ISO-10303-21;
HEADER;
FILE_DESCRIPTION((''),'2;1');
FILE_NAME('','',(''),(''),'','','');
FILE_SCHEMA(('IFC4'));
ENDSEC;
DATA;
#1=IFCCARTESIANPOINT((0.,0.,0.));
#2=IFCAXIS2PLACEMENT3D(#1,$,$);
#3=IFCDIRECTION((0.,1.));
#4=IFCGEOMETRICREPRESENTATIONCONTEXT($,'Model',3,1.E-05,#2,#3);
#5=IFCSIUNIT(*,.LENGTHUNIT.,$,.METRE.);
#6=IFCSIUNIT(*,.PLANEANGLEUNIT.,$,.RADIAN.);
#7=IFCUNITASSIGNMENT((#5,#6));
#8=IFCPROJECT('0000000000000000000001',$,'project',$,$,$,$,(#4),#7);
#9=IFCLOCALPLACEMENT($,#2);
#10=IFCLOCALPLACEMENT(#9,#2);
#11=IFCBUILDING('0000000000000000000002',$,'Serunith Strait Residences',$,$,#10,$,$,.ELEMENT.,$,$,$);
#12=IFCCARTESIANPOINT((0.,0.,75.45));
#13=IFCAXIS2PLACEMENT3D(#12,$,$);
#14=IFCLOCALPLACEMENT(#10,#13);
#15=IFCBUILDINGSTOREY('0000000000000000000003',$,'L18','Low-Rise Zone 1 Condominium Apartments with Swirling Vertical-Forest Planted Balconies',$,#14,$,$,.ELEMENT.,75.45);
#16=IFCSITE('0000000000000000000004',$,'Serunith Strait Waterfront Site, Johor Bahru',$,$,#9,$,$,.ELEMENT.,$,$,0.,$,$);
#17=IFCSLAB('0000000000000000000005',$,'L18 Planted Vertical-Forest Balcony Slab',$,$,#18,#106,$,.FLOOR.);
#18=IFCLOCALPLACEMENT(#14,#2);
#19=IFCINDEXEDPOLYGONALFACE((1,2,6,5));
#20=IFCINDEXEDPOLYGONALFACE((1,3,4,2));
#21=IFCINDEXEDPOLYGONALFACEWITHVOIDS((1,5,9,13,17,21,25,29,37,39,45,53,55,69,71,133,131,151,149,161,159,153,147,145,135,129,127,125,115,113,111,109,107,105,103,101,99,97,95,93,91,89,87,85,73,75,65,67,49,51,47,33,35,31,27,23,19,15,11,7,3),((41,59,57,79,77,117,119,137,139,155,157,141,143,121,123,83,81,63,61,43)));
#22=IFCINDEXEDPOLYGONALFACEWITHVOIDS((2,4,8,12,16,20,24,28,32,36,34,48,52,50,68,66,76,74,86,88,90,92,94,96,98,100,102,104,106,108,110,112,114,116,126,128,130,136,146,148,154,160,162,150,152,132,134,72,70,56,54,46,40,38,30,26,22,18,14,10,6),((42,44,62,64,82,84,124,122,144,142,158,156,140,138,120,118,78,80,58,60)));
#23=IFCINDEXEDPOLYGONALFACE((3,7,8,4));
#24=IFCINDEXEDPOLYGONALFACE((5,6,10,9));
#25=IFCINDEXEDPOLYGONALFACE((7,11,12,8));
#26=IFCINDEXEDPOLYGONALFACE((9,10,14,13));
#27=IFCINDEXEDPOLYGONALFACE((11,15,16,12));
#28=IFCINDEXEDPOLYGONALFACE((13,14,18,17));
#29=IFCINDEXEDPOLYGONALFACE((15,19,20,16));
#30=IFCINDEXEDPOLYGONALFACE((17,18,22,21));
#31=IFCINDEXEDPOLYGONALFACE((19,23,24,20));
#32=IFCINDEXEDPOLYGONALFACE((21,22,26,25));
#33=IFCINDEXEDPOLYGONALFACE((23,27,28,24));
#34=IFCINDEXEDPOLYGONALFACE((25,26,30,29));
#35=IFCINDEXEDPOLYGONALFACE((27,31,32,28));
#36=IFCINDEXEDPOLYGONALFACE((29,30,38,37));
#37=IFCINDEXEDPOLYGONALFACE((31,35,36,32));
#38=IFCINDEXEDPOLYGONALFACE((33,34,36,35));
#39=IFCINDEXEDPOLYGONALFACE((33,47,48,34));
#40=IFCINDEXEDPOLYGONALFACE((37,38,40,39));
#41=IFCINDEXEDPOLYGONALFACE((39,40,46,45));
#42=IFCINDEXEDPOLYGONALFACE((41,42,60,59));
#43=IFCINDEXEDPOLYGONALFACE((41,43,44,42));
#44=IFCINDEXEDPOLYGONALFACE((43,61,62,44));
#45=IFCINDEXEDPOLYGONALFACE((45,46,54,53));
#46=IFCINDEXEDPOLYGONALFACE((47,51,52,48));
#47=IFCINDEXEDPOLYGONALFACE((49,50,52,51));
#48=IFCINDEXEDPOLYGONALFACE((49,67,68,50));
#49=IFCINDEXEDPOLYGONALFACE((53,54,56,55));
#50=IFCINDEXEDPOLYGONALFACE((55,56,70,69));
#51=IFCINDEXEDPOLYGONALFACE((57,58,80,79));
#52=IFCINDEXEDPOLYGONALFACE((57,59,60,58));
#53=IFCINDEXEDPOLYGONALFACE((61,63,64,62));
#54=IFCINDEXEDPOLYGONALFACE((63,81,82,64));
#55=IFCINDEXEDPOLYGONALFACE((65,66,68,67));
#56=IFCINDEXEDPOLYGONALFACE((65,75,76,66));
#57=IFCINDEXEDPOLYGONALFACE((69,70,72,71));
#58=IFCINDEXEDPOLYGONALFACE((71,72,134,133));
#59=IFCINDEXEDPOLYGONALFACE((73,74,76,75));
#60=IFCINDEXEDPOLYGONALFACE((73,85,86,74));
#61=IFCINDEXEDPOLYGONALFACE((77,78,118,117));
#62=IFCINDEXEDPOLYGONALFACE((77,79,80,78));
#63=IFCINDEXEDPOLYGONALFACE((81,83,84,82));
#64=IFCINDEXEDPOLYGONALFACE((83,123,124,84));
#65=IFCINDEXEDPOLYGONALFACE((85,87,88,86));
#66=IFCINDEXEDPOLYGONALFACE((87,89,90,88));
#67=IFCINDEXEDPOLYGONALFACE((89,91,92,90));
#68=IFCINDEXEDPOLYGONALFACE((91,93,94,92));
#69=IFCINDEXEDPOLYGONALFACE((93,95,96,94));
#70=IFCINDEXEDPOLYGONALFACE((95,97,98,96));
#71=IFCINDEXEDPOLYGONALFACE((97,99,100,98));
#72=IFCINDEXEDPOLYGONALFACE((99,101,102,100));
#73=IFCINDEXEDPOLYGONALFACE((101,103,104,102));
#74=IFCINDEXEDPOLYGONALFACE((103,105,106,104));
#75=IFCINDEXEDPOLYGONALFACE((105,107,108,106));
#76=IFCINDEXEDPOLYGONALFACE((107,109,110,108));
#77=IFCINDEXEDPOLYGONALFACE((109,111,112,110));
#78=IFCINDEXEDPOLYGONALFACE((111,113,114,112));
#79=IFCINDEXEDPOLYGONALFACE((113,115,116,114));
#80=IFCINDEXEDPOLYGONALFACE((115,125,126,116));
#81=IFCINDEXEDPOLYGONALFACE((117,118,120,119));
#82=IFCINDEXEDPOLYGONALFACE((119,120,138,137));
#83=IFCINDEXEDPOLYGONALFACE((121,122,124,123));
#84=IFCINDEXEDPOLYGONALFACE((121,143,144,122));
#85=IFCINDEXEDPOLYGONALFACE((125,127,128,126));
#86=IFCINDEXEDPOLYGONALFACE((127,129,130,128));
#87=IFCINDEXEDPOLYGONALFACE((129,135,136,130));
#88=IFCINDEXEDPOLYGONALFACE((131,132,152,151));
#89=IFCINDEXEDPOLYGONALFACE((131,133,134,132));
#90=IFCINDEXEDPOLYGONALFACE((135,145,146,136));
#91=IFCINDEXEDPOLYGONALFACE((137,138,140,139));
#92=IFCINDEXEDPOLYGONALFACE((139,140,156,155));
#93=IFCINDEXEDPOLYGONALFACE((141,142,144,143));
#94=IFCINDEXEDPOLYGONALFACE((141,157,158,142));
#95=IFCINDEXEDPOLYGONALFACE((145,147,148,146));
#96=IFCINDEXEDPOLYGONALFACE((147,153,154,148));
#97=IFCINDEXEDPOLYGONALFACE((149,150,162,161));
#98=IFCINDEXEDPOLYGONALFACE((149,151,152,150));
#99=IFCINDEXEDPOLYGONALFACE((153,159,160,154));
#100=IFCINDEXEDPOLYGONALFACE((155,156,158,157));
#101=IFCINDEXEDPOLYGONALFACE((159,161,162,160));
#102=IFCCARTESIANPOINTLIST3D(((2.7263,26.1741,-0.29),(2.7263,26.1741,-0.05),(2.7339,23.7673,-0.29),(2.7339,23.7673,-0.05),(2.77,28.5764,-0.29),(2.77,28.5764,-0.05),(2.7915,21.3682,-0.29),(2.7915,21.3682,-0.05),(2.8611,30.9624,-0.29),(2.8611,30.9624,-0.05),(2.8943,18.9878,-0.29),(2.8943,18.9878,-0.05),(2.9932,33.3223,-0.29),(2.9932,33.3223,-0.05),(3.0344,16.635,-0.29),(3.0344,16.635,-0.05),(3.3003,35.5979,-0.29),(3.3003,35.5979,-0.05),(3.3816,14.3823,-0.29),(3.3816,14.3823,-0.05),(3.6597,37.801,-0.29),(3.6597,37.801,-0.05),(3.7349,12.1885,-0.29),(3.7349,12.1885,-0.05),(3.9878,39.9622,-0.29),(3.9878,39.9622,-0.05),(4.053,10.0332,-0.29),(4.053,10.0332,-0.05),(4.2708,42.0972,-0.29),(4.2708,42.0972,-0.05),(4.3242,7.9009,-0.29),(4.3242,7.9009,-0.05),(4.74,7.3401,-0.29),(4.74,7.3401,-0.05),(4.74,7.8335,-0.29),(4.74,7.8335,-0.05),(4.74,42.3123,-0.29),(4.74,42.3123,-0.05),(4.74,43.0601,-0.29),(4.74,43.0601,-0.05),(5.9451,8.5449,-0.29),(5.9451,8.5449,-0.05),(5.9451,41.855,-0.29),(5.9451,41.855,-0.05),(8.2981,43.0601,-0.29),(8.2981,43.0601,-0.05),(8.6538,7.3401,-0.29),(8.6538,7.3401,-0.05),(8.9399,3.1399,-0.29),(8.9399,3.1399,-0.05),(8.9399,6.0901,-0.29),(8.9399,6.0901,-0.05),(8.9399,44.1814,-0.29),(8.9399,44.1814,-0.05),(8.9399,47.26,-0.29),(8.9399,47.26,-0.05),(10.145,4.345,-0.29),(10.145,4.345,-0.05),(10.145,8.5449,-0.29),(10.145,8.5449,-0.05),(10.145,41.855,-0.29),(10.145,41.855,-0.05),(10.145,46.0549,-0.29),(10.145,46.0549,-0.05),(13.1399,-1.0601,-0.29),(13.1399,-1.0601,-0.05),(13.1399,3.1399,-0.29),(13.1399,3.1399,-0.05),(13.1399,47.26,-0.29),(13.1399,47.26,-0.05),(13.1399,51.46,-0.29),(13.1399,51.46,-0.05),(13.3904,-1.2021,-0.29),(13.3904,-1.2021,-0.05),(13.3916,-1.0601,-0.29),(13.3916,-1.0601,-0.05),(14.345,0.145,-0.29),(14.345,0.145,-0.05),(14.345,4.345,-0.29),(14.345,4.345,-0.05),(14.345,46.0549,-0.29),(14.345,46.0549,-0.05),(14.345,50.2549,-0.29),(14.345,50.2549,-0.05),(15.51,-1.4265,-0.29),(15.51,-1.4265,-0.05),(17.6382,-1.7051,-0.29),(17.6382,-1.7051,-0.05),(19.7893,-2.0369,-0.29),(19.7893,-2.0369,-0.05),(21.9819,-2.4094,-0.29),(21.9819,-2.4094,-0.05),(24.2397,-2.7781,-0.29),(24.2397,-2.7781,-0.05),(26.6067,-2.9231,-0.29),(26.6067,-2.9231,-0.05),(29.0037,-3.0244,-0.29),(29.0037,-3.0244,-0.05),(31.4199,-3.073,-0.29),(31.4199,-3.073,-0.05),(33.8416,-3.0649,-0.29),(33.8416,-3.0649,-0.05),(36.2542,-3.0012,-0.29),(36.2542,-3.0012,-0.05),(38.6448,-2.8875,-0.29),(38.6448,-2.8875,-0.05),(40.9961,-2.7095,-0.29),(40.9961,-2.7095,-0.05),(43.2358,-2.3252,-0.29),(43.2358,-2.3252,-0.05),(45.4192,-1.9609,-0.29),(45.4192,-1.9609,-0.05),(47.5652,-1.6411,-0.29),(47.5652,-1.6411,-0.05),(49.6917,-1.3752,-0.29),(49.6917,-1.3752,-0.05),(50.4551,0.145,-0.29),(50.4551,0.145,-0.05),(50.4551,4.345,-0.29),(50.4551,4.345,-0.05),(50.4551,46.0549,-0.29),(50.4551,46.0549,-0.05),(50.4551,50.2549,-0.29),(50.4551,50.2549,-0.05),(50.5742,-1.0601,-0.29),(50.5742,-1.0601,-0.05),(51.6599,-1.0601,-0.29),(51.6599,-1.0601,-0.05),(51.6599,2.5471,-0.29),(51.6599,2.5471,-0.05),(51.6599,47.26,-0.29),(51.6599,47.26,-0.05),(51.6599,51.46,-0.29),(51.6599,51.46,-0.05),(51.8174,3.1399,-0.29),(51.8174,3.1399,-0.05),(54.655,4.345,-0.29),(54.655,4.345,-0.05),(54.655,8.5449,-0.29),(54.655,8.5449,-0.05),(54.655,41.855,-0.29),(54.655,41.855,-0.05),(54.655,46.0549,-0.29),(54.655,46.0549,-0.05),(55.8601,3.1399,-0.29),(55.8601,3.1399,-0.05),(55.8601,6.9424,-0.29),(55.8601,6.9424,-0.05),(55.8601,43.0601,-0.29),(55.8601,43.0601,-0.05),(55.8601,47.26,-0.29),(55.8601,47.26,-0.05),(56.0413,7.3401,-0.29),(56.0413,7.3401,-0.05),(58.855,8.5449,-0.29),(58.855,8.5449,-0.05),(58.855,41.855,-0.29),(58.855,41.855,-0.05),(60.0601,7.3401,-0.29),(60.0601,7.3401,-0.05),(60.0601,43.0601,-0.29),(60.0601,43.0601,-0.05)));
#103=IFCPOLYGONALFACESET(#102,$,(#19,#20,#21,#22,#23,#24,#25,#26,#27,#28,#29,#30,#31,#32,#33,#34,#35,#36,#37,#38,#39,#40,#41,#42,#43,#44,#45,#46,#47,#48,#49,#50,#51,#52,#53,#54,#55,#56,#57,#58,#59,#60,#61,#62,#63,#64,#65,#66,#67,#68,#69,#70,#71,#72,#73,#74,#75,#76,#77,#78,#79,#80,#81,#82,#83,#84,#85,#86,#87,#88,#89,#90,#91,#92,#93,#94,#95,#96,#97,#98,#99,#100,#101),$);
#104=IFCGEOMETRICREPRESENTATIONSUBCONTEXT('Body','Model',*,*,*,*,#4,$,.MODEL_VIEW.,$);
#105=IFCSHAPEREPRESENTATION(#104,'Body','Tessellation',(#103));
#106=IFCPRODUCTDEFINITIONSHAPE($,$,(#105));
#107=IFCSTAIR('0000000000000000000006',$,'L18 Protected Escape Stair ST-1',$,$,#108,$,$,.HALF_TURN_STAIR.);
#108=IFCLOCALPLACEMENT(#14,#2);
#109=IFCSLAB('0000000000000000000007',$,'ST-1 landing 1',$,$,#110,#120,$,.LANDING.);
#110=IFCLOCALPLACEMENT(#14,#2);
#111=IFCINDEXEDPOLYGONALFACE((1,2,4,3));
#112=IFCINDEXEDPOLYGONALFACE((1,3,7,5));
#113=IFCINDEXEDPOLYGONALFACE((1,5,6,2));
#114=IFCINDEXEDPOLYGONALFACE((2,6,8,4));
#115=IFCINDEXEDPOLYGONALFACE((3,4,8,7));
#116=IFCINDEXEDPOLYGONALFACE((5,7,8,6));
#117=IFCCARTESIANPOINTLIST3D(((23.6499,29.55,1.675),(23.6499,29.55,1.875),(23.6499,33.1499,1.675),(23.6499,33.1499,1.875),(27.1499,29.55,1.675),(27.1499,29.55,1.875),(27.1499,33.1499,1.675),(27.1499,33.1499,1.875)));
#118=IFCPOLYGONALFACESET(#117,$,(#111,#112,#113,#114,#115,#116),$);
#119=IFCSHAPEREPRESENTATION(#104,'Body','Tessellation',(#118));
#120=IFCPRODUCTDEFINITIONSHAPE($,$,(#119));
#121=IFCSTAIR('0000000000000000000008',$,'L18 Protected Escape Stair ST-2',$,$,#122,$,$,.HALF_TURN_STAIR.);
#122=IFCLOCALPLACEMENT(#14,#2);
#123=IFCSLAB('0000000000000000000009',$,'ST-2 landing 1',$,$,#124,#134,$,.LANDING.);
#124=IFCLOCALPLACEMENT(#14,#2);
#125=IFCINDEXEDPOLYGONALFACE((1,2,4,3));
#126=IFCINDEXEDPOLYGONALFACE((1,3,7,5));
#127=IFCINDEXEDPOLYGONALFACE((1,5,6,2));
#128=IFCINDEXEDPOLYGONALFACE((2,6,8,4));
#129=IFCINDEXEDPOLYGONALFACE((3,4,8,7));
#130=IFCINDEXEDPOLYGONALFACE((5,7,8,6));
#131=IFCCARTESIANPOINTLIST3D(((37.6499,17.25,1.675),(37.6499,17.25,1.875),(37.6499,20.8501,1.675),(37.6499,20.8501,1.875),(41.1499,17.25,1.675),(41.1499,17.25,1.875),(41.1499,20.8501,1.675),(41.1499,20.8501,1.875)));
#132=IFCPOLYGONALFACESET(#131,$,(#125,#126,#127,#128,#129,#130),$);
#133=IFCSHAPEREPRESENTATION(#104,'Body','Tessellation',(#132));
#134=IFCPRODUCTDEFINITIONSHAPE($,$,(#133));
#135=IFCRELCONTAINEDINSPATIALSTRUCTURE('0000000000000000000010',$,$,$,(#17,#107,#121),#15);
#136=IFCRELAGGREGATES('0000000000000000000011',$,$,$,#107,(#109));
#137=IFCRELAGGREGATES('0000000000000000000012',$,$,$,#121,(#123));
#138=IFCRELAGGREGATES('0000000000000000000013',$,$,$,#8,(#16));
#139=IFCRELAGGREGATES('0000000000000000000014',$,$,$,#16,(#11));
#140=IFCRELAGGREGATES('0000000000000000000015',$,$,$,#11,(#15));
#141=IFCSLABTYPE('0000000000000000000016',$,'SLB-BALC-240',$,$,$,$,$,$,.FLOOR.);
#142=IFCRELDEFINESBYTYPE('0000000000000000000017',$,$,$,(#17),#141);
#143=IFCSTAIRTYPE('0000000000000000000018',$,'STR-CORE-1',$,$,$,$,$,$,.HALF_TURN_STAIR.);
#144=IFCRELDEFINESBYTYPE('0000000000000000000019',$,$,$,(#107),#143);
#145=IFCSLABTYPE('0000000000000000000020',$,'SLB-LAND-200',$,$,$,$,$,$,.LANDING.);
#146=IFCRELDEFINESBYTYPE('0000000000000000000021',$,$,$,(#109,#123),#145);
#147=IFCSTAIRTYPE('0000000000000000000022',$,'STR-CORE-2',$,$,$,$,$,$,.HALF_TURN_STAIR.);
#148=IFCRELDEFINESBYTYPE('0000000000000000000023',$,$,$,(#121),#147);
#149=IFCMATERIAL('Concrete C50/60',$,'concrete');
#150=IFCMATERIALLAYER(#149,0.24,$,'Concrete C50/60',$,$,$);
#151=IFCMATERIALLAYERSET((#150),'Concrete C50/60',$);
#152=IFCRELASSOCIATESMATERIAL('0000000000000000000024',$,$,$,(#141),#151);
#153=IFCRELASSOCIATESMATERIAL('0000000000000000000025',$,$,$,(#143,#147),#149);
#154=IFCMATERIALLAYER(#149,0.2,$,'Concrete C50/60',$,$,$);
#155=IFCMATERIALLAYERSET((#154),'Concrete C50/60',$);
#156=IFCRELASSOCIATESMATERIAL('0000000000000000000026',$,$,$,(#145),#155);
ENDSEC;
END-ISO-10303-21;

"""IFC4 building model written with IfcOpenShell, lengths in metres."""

from ifc_helpers import new_model, si_unit, direction, frame, origin, place, context, subcontext, project, spatial, polyline, outline, extrude, material, layer, layer_set, type_object, element, aggregate, save


model = new_model("IFC4")

# Units and contexts
model_context = context("Model", 3, precision=1e-05, world=origin(), true_north=direction((0.0, 1.0)))
body_context = subcontext(model_context, "Body", "Model", "MODEL_VIEW")
ifc_project = project(units=[si_unit("LENGTHUNIT", "METRE"), si_unit("PLANEANGLEUNIT", "RADIAN")], contexts=[model_context])

# Site, building, storey
site_placement = place(None, origin())
site = spatial("IfcSite", under=ifc_project, at=site_placement, Name="Serunith Strait Waterfront Site, Johor Bahru", CompositionType="ELEMENT", RefElevation=0.0)
building_placement = place(site_placement, origin())
building = spatial("IfcBuilding", under=site, at=building_placement, Name="Serunith Strait Residences", CompositionType="ELEMENT")
storey_placement = place(building_placement, frame((0.0, 0.0, 75.45)))
storey = spatial("IfcBuildingStorey", under=building, at=storey_placement, Name="L18", Description="Low-Rise Zone 1 Condominium Apartments with Swirling Vertical-Forest Planted Balconies", CompositionType="ELEMENT", Elevation=75.45)

# Slab
ifc_material_1 = material(Name="Concrete C50/60", Category="concrete")
ifc_layer_1 = layer(ifc_material_1, 0.24, Name="Concrete C50/60")
ifc_layer_set_1 = layer_set([ifc_layer_1], Name="Concrete C50/60")
slab_type_1 = type_object("IfcSlabType", Name="SLB-BALC-240", PredefinedType="FLOOR", material=ifc_layer_set_1)
slab_1_placement = place(storey_placement, frame((0.0, 0.0, -0.29)))
element("IfcSlab", 1, at=slab_1_placement, inside=storey, type_object=slab_type_1, Name="L18 Planted Vertical-Forest Balcony Slab", PredefinedType="FLOOR", context=body_context, shape_type="SweptSolid", body=[
    extrude(outline(polyline([(13.1399, 3.1399), (8.9399, 3.1399), (8.9399, 6.0901), (8.6538, 7.3401), (4.74, 7.3401), (4.74, 7.8335), (4.3242, 7.9009), (4.053, 10.0332), (3.7349, 12.1885), (3.3816, 14.3823), (3.0344, 16.635), (2.8943, 18.9878), (2.7915, 21.3682), (2.7339, 23.7673), (2.7263, 26.1741), (2.77, 28.5764), (2.8611, 30.9624), (2.9932, 33.3223), (3.3003, 35.5979), (3.6597, 37.801), (3.9878, 39.9622), (4.2708, 42.0972), (4.74, 42.3123), (4.74, 43.0601), (8.2981, 43.0601), (8.9399, 44.1814), (8.9399, 47.26), (13.1399, 47.26), (13.1399, 51.46), (51.6599, 51.46), (51.6599, 47.26), (55.8601, 47.26), (55.8601, 43.0601), (60.0601, 43.0601), (60.0601, 7.3401), (56.0413, 7.3401), (55.8601, 6.9424), (55.8601, 3.1399), (51.8174, 3.1399), (51.6599, 2.5471), (51.6599, -1.0601), (50.5742, -1.0601), (49.6917, -1.3752), (47.5652, -1.6411), (45.4192, -1.9609), (43.2358, -2.3252), (40.9961, -2.7095), (38.6448, -2.8875), (36.2542, -3.0012), (33.8416, -3.0649), (31.4199, -3.073), (29.0037, -3.0244), (26.6067, -2.9231), (24.2397, -2.7781), (21.9819, -2.4094), (19.7893, -2.0369), (17.6382, -1.7051), (15.51, -1.4265), (13.3904, -1.2021), (13.3916, -1.0601), (13.1399, -1.0601), (13.1399, 3.1399)]), holes=[polyline([(50.4551, 0.145), (50.4551, 4.345), (54.655, 4.345), (54.655, 8.5449), (58.855, 8.5449), (58.855, 41.855), (54.655, 41.855), (54.655, 46.0549), (50.4551, 46.0549), (50.4551, 50.2549), (14.345, 50.2549), (14.345, 46.0549), (10.145, 46.0549), (10.145, 41.855), (5.9451, 41.855), (5.9451, 8.5449), (10.145, 8.5449), (10.145, 4.345), (14.345, 4.345), (14.345, 0.145), (50.4551, 0.145)])]), origin(), (0.0, 0.0, 1.0), 0.24),
])

# Stairs, slabs
stair_type_1 = type_object("IfcStairType", Name="STR-CORE-1", PredefinedType="HALF_TURN_STAIR", material=ifc_material_1)
stair_1_placement = place(storey_placement, origin())
stair_1 = element("IfcStair", 2, at=stair_1_placement, inside=storey, type_object=stair_type_1, Name="L18 Protected Escape Stair ST-1", PredefinedType="HALF_TURN_STAIR")
ifc_layer_2 = layer(ifc_material_1, 0.2, Name="Concrete C50/60")
ifc_layer_set_2 = layer_set([ifc_layer_2], Name="Concrete C50/60")
slab_type_2 = type_object("IfcSlabType", Name="SLB-LAND-200", PredefinedType="LANDING", material=ifc_layer_set_2)
slab_2_placement = place(storey_placement, frame((0.0, 0.0, 1.675)))
slab_2 = element("IfcSlab", 3, at=slab_2_placement, type_object=slab_type_2, Name="ST-1 landing 1", PredefinedType="LANDING", context=body_context, shape_type="SweptSolid", body=[
    extrude(outline(polyline([(27.1499, 29.55), (27.1499, 33.1499), (23.6499, 33.1499), (23.6499, 29.55), (27.1499, 29.55)])), origin(), (0.0, 0.0, 1.0), 0.2),
])
aggregate(stair_1, [slab_2])
stair_type_2 = type_object("IfcStairType", Name="STR-CORE-2", PredefinedType="HALF_TURN_STAIR", material=ifc_material_1)
stair_2_placement = place(storey_placement, origin())
stair_2 = element("IfcStair", 4, at=stair_2_placement, inside=storey, type_object=stair_type_2, Name="L18 Protected Escape Stair ST-2", PredefinedType="HALF_TURN_STAIR")
slab_3_placement = place(storey_placement, frame((0.0, 0.0, 1.675)))
slab_3 = element("IfcSlab", 5, at=slab_3_placement, type_object=slab_type_2, Name="ST-2 landing 1", PredefinedType="LANDING", context=body_context, shape_type="SweptSolid", body=[
    extrude(outline(polyline([(37.6499, 20.8501), (37.6499, 17.25), (41.1499, 17.25), (41.1499, 20.8501), (37.6499, 20.8501)])), origin(), (0.0, 0.0, 1.0), 0.2),
])
aggregate(stair_2, [slab_3])

save(model, "model.ifc")
